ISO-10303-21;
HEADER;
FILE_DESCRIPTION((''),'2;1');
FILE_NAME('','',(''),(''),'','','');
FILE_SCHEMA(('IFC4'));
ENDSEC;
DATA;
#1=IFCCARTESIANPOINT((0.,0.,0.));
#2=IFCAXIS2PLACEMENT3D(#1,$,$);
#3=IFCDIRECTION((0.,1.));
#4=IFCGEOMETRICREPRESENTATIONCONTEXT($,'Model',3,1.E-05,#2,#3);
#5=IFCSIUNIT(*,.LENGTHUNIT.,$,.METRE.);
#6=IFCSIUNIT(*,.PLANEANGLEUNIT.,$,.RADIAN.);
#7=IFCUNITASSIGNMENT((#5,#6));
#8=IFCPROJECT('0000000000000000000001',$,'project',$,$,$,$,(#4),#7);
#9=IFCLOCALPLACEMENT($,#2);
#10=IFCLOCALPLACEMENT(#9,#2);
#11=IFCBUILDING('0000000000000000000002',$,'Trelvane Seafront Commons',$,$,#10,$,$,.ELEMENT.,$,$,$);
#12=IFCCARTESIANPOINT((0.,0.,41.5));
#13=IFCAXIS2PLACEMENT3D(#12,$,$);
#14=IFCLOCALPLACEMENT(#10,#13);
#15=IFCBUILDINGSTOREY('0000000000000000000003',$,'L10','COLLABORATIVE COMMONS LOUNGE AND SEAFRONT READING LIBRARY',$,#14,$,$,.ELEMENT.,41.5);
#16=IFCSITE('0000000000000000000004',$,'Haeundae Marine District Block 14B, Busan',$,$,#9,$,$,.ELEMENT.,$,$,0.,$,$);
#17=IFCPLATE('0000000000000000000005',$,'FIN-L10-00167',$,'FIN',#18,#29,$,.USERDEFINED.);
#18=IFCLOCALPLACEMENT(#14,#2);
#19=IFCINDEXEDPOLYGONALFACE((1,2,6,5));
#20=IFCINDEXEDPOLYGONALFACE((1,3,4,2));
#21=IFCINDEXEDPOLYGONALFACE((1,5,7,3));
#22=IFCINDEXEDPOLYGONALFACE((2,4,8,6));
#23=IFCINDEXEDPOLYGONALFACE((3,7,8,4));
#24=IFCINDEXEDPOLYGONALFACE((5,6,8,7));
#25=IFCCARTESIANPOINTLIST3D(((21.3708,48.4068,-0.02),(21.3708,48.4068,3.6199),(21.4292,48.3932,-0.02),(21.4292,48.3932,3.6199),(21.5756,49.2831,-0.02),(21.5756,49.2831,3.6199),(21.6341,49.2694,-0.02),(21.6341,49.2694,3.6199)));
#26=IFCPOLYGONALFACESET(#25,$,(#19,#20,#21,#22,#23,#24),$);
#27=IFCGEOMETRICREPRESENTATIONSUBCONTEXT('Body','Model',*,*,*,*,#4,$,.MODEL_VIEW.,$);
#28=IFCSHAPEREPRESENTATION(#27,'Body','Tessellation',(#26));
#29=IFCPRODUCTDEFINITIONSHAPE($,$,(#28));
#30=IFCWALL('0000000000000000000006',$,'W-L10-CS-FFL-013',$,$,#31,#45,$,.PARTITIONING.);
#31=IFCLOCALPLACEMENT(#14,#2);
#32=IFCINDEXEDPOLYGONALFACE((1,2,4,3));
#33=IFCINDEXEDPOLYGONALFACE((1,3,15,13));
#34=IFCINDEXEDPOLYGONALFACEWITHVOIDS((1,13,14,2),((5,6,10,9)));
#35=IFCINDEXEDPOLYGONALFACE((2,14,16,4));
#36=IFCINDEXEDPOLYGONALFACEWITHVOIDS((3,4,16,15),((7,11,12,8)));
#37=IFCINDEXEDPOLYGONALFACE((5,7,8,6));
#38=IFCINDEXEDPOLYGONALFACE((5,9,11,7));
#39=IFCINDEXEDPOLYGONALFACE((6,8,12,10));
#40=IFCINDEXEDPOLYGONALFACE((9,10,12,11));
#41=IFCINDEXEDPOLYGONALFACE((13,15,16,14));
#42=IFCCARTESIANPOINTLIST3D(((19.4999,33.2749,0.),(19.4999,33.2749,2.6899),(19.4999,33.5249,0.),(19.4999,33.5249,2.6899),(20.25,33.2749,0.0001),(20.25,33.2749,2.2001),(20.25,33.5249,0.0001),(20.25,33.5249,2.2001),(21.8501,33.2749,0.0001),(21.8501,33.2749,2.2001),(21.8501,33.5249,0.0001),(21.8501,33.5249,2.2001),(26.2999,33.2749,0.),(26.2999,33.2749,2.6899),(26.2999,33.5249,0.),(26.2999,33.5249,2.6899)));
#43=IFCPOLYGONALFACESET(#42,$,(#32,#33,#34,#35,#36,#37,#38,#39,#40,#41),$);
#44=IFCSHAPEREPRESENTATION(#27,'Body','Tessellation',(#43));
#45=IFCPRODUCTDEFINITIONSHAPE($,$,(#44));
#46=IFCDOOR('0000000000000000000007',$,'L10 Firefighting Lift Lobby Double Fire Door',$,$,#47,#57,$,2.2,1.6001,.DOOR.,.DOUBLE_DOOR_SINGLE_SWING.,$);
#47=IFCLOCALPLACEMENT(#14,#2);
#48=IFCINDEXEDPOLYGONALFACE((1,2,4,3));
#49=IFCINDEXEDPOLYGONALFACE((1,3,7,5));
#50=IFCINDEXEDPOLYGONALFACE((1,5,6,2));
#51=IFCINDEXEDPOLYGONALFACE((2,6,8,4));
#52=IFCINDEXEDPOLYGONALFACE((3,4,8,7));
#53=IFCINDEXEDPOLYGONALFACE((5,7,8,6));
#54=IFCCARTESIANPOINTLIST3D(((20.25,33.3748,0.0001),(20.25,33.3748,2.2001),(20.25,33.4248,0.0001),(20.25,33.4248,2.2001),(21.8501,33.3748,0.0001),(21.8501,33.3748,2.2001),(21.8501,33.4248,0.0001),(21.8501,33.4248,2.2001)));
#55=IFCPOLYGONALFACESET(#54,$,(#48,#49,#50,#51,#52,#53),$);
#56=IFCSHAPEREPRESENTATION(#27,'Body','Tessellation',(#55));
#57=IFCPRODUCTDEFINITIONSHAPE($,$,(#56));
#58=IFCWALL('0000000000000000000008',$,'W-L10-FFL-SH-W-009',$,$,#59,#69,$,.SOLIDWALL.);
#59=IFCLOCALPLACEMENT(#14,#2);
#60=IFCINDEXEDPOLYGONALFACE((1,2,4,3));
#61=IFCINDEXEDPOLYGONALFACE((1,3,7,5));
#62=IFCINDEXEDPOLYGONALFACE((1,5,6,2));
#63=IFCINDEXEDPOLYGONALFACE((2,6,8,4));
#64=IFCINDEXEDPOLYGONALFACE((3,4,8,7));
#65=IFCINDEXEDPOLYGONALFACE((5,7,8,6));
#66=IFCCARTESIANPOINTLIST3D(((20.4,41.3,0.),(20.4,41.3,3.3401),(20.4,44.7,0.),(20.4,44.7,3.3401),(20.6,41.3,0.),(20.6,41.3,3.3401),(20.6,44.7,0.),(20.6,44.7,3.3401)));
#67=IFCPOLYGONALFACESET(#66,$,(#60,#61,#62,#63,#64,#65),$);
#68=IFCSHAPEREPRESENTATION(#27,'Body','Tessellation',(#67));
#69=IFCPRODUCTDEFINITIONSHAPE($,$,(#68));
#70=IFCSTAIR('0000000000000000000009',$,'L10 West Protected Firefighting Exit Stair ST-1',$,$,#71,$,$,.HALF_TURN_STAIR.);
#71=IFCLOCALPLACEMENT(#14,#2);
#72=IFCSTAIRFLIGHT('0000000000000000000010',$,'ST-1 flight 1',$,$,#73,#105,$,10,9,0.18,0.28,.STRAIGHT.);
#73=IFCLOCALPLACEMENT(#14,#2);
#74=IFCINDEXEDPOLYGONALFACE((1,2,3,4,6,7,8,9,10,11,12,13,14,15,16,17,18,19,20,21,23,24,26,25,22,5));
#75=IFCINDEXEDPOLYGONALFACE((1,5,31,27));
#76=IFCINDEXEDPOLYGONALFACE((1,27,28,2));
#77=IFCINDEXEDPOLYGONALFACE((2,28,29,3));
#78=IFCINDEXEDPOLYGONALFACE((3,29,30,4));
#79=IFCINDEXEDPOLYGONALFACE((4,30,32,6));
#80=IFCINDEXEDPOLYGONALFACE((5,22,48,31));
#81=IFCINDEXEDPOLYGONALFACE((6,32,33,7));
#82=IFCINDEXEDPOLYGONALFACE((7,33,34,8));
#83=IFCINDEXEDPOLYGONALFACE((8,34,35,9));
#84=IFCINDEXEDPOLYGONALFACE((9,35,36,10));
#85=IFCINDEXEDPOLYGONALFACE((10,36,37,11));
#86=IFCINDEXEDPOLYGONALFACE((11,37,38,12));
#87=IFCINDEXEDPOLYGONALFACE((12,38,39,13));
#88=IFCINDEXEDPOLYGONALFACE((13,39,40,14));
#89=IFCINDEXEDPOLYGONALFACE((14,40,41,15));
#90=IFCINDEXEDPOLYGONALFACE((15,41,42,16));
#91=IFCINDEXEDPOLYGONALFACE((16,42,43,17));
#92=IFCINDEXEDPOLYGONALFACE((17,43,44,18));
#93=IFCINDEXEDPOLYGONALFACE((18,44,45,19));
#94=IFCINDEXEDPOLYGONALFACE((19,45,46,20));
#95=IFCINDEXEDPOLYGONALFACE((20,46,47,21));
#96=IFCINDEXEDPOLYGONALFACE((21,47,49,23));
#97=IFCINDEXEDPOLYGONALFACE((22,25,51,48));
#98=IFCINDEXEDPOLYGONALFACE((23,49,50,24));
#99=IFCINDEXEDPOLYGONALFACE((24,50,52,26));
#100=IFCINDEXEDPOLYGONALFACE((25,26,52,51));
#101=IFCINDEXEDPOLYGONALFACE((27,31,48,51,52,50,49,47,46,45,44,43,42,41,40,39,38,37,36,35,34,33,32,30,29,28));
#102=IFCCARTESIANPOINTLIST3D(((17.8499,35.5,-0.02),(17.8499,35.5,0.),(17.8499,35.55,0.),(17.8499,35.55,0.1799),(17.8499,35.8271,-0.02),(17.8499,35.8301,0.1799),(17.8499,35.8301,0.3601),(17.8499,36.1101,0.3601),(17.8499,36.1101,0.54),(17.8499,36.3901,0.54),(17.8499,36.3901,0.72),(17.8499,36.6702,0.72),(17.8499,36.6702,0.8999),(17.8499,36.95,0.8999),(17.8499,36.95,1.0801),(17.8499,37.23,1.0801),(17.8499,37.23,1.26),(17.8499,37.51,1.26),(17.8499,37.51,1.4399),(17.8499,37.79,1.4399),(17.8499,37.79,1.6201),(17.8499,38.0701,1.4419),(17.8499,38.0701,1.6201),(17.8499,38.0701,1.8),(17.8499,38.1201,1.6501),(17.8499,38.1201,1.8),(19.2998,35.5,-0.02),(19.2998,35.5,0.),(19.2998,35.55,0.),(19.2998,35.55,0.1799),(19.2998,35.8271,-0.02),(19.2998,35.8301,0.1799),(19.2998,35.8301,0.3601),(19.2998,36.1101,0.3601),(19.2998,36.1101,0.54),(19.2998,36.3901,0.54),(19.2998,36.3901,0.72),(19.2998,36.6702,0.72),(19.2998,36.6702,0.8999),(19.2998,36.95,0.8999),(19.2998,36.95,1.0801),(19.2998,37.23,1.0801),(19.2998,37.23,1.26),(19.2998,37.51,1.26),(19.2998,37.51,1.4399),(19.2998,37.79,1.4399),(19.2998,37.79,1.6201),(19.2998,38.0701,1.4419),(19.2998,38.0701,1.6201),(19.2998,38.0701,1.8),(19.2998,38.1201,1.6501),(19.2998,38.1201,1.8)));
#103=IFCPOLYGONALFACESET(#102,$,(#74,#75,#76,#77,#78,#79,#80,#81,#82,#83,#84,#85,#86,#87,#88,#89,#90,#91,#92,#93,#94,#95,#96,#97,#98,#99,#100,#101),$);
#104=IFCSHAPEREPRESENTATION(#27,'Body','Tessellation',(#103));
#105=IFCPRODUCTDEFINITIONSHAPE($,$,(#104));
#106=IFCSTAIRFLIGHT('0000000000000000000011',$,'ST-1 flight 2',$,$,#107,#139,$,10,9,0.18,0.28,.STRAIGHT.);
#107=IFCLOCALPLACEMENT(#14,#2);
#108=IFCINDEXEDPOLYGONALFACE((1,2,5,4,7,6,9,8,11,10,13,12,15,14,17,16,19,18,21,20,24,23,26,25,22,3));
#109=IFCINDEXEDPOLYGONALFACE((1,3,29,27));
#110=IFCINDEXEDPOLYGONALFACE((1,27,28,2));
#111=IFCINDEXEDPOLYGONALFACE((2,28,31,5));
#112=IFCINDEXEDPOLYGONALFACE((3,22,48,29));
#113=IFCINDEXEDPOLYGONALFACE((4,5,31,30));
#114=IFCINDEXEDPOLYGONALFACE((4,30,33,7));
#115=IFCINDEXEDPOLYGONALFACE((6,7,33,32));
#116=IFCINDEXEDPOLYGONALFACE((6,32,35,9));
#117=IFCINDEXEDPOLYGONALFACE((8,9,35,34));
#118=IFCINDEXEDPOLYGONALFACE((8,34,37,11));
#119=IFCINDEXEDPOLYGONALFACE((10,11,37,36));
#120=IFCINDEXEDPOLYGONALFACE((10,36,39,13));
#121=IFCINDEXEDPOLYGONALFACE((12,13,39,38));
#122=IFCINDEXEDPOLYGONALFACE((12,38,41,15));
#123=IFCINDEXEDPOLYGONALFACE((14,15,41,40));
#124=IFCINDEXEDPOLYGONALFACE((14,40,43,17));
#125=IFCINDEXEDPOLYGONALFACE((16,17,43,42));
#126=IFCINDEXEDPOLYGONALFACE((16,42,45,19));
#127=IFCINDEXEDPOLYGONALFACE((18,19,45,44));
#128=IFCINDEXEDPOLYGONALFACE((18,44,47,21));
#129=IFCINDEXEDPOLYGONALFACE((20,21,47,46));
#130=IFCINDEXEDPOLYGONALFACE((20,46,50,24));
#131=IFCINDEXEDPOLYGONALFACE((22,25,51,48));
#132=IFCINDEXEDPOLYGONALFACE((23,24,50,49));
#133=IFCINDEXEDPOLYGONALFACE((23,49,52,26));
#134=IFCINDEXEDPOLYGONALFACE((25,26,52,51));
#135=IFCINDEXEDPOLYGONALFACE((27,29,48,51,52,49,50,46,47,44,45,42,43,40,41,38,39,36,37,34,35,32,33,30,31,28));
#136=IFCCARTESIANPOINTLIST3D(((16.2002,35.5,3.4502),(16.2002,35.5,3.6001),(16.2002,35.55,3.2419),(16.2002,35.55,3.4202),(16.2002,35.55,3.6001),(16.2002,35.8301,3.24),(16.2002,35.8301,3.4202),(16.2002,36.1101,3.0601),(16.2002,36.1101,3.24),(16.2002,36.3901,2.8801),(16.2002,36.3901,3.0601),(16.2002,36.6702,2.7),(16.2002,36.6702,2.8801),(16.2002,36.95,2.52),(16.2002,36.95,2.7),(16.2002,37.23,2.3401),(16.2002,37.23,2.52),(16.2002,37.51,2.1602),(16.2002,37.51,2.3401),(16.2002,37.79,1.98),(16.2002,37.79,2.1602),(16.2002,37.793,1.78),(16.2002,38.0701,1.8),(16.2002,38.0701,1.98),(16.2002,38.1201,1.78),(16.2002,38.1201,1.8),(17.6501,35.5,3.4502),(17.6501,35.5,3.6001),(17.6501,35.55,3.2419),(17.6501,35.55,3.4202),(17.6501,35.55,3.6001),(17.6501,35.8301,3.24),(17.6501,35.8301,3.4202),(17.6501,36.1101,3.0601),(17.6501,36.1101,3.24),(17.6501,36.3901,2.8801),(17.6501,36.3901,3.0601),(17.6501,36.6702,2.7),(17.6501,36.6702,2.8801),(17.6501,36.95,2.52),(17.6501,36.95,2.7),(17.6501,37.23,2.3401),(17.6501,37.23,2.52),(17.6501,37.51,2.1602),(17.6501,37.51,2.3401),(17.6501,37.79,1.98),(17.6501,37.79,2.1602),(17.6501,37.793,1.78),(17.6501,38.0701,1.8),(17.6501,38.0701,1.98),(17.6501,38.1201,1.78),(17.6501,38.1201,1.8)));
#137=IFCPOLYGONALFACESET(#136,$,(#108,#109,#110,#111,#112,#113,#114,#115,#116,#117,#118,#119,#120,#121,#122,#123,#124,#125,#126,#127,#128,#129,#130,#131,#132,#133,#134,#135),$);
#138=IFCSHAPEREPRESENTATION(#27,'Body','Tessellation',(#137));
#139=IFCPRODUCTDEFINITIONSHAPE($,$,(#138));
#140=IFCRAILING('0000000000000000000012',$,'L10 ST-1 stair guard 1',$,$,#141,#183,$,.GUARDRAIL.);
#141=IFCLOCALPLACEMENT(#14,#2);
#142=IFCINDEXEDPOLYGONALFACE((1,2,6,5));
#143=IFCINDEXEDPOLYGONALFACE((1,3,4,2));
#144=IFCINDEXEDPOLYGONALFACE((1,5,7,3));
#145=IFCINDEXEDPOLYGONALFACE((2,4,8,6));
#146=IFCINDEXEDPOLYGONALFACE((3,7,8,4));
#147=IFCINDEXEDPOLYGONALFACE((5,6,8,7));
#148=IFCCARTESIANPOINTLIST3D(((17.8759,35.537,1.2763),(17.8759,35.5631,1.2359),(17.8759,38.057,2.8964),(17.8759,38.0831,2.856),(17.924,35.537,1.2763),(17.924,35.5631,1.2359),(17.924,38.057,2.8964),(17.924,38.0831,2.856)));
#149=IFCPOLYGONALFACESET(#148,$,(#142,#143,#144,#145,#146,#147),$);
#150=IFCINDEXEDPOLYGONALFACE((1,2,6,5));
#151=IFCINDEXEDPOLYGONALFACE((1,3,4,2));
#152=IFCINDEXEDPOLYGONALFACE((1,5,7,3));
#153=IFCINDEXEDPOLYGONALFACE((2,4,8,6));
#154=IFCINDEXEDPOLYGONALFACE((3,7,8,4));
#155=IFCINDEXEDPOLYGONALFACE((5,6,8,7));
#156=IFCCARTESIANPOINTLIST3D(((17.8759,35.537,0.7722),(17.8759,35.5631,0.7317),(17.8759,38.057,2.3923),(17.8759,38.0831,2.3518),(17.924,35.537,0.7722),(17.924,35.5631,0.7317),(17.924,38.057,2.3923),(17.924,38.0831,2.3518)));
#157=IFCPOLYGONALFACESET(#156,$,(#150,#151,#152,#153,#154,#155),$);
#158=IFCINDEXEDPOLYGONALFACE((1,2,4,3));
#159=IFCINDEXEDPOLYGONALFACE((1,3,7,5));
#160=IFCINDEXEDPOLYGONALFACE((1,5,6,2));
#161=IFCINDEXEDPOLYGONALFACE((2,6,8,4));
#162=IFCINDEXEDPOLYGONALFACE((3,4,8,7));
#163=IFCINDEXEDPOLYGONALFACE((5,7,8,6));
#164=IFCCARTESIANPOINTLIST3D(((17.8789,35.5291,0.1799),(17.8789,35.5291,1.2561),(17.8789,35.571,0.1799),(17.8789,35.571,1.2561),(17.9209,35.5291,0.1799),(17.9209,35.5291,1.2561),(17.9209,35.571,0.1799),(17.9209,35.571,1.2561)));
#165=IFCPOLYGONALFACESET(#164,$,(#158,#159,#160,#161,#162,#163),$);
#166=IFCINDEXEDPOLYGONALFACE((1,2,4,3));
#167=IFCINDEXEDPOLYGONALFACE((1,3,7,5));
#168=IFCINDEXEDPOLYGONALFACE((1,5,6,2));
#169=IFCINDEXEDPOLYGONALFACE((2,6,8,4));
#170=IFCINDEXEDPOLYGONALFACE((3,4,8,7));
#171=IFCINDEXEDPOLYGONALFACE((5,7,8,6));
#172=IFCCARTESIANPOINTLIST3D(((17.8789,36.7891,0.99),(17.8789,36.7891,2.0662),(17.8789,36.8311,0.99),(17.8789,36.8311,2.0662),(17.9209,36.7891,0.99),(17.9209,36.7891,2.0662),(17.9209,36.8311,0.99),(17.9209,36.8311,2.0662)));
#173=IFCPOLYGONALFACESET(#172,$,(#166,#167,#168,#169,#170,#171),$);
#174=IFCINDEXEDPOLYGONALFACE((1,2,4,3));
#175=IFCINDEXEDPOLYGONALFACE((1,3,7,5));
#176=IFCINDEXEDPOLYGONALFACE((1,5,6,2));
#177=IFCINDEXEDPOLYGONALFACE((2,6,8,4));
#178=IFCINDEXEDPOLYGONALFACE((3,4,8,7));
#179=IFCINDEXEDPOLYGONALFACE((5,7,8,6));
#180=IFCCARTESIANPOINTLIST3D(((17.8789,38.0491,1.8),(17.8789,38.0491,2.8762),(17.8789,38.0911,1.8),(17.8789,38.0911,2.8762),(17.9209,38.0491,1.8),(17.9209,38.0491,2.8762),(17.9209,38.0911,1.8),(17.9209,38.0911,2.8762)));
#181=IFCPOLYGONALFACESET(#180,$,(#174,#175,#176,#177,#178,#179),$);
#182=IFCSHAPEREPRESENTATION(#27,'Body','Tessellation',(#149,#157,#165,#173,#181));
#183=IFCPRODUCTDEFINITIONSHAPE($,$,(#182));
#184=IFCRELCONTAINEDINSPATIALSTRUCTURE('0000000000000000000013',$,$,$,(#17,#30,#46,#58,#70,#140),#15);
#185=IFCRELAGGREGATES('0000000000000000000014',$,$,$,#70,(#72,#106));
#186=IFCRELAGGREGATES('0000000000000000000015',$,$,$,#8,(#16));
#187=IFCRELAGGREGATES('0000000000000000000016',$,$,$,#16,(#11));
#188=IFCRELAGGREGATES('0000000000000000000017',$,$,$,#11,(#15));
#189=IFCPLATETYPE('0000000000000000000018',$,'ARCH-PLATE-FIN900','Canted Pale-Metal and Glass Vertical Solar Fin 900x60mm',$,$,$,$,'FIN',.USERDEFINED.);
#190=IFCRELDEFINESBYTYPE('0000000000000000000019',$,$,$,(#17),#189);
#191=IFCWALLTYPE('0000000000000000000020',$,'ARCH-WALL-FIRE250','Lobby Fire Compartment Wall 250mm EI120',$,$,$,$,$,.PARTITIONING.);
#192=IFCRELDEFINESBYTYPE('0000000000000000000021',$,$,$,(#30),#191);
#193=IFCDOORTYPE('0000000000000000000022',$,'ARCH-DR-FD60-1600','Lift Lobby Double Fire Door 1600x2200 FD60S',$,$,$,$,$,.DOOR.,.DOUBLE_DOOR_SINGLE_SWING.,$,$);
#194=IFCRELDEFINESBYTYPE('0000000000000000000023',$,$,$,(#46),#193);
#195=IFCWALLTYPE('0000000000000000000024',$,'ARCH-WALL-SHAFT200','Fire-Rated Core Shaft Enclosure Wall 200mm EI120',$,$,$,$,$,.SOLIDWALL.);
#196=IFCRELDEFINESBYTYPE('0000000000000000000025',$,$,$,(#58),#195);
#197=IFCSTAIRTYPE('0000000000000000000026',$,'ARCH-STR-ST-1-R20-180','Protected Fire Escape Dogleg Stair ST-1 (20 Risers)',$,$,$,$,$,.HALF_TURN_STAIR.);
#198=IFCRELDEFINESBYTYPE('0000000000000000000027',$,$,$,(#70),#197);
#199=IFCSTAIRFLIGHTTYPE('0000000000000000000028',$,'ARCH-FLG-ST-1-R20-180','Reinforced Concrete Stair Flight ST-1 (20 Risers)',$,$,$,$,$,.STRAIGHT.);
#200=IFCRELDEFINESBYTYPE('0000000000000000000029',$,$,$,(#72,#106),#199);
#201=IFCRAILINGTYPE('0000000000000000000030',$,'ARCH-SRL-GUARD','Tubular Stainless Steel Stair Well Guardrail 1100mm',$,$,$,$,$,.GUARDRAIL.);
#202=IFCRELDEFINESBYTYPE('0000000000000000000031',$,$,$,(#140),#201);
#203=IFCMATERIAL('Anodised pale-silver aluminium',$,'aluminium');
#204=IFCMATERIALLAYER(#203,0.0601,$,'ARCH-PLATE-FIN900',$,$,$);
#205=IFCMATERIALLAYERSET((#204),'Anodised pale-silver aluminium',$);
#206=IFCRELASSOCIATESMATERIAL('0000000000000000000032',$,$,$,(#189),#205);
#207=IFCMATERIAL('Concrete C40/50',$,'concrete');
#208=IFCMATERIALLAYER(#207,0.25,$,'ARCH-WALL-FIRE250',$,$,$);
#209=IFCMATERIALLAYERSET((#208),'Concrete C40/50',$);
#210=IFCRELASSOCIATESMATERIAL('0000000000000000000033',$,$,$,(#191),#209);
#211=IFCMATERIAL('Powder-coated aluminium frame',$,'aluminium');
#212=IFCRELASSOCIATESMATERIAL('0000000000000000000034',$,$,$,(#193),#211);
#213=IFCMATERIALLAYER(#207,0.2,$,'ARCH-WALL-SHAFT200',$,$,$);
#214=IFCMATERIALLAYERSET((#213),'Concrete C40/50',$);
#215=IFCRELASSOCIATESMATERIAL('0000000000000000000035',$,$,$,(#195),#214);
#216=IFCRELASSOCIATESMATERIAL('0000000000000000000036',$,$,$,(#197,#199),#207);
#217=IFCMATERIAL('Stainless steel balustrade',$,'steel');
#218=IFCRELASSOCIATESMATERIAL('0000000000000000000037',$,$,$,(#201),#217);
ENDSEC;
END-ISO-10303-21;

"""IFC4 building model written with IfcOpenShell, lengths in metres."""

from ifc_helpers import new_model, si_unit, direction, frame, frame_2d, origin, origin_2d, place, context, subcontext, project, spatial, polyline, rectangle, outline, extrude, source, transform, mapped, material, layer, layer_set, type_object, element, fill, aggregate, save


model = new_model("IFC4")

# Units and contexts
model_context = context("Model", 3, precision=1e-05, world=origin(), true_north=direction((0.0, 1.0)))
body_context = subcontext(model_context, "Body", "Model", "MODEL_VIEW")
ifc_project = project(units=[si_unit("LENGTHUNIT", "METRE"), si_unit("PLANEANGLEUNIT", "RADIAN")], contexts=[model_context])

# Site, building, storey
site_placement = place(None, origin())
site = spatial("IfcSite", under=ifc_project, at=site_placement, Name="Haeundae Marine District Block 14B, Busan", CompositionType="ELEMENT", RefElevation=0.0)
building_placement = place(site_placement, origin())
building = spatial("IfcBuilding", under=site, at=building_placement, Name="Trelvane Seafront Commons", CompositionType="ELEMENT")
storey_placement = place(building_placement, frame((0.0, 0.0, 41.5)))
storey = spatial("IfcBuildingStorey", under=building, at=storey_placement, Name="L10", Description="COLLABORATIVE COMMONS LOUNGE AND SEAFRONT READING LIBRARY", CompositionType="ELEMENT", Elevation=41.5)

# Shared definitions
ifc_material_1 = material(Name="Anodised pale-silver aluminium", Category="aluminium")

# Plate
ifc_layer_1 = layer(ifc_material_1, 0.0601, Name="ARCH-PLATE-FIN900")
ifc_layer_set_1 = layer_set([ifc_layer_1], Name="Anodised pale-silver aluminium")
plate_type_1 = type_object("IfcPlateType", Name="ARCH-PLATE-FIN900", Description="Canted Pale-Metal and Glass Vertical Solar Fin 900x60mm", ElementType="FIN", PredefinedType="USERDEFINED", material=ifc_layer_set_1)
shared_shape_1 = source(origin(), body_context, "Body", "SweptSolid", [
    extrude(rectangle(XDim=0.8999, YDim=0.0601, at=origin_2d()), origin(), (0.0, 0.0, 1.0), 3.6399),
])
for number, where, z_axis, x_axis, name in (
    (1, (21.5024, 48.8381, -0.02), (0.0, 0.0, 1.0), (0.227658, 0.973741, 0.0), "FIN-L10-00167"),
):
    element("IfcPlate", number, at=place(storey_placement, frame(where, z_axis=z_axis, x_axis=x_axis)), inside=storey, type_object=plate_type_1, Name=name, ObjectType="FIN", PredefinedType="USERDEFINED", context=body_context, shape_type="MappedRepresentation", body=[
        mapped(shared_shape_1, transform((0.0, 0.0, 0.0), x_axis=(1.0, 0.0, 0.0), y_axis=(0.0, 1.0, 0.0), z_axis=(0.0, 0.0, 1.0), scale=1.0)),
    ])

# Wall, opening, door
ifc_material_2 = material(Name="Concrete C40/50", Category="concrete")
ifc_layer_2 = layer(ifc_material_2, 0.25, Name="ARCH-WALL-FIRE250")
ifc_layer_set_2 = layer_set([ifc_layer_2], Name="Concrete C40/50")
wall_type_1 = type_object("IfcWallType", Name="ARCH-WALL-FIRE250", Description="Lobby Fire Compartment Wall 250mm EI120", PredefinedType="PARTITIONING", material=ifc_layer_set_2)
wall_1_placement = place(storey_placement, frame((19.5, 33.3999, 0.0), z_axis=(0.0, 0.0, 1.0), x_axis=(1.0, 0.0, 0.0)))
wall_1 = element("IfcWall", 2, at=wall_1_placement, inside=storey, type_object=wall_type_1, Name="W-L10-CS-FFL-013", PredefinedType="PARTITIONING", context=body_context, shape_type="SweptSolid", body=[
    extrude(rectangle(XDim=6.8, YDim=0.25, at=frame_2d((3.3999, 0.0))), origin(), (0.0, 0.0, 1.0), 2.6899),
])
opening_1_placement = place(wall_1_placement, frame((0.75, 0.0, 0.0)))
opening_1 = element("IfcOpeningElement", 3, at=opening_1_placement, cuts=wall_1, PredefinedType="OPENING", context=body_context, shape_type="SweptSolid", body=[
    extrude(rectangle(XDim=1.6001, YDim=2.2, at=frame_2d((0.8, 1.1001))), frame((0.0, 0.135, 0.0), z_axis=(0.0, -1.0, 0.0), x_axis=(1.0, 0.0, 0.0)), (0.0, 0.0, 1.0), 0.27),
])
ifc_material_3 = material(Name="Powder-coated aluminium frame", Category="aluminium")
door_type_1 = type_object("IfcDoorType", Name="ARCH-DR-FD60-1600", Description="Lift Lobby Double Fire Door 1600x2200 FD60S", OperationType="DOUBLE_DOOR_SINGLE_SWING", PredefinedType="DOOR", material=ifc_material_3)
shared_shape_2 = source(origin(), body_context, "Body", "SweptSolid", [
    extrude(rectangle(XDim=1.6001, YDim=2.2, at=frame_2d((0.8, 1.1001))), frame((0.0, 0.0249, 0.0), z_axis=(0.0, -1.0, 0.0), x_axis=(1.0, 0.0, 0.0)), (0.0, 0.0, 1.0), 0.05),
])
door_1_placement = place(opening_1_placement, origin())
door_1 = element("IfcDoor", 4, at=door_1_placement, inside=storey, type_object=door_type_1, Name="L10 Firefighting Lift Lobby Double Fire Door", OperationType="DOUBLE_DOOR_SINGLE_SWING", OverallHeight=2.2, OverallWidth=1.6001, PredefinedType="DOOR", context=body_context, shape_type="MappedRepresentation", body=[
    mapped(shared_shape_2, transform((0.0, 0.0, 0.0), x_axis=(1.0, 0.0, 0.0), y_axis=(0.0, 1.0, 0.0), z_axis=(0.0, 0.0, 1.0), scale=1.0)),
])
fill(opening_1, door_1)

# Shared definitions
ifc_layer_3 = layer(ifc_material_2, 0.2, Name="ARCH-WALL-SHAFT200")
ifc_layer_set_3 = layer_set([ifc_layer_3], Name="Concrete C40/50")
wall_type_2 = type_object("IfcWallType", Name="ARCH-WALL-SHAFT200", Description="Fire-Rated Core Shaft Enclosure Wall 200mm EI120", PredefinedType="SOLIDWALL", material=ifc_layer_set_3)
ifc_material_4 = material(Name="Stainless steel balustrade", Category="steel")

# Wall
wall_2_placement = place(storey_placement, frame((20.5, 41.3, 0.0), z_axis=(0.0, 0.0, 1.0), x_axis=(0.0, 1.0, 0.0)))
element("IfcWall", 5, at=wall_2_placement, inside=storey, type_object=wall_type_2, Name="W-L10-FFL-SH-W-009", PredefinedType="SOLIDWALL", context=body_context, shape_type="SweptSolid", body=[
    extrude(rectangle(XDim=3.3999, YDim=0.2, at=frame_2d((1.7, 0.0))), origin(), (0.0, 0.0, 1.0), 3.3401),
])

# Stair, stair flights
stair_type = type_object("IfcStairType", Name="ARCH-STR-ST-1-R20-180", Description="Protected Fire Escape Dogleg Stair ST-1 (20 Risers)", PredefinedType="HALF_TURN_STAIR", material=ifc_material_2)
stair_placement = place(storey_placement, origin())
stair = element("IfcStair", 6, at=stair_placement, inside=storey, type_object=stair_type, Name="L10 West Protected Firefighting Exit Stair ST-1", PredefinedType="HALF_TURN_STAIR")
stair_flight_type = type_object("IfcStairFlightType", Name="ARCH-FLG-ST-1-R20-180", Description="Reinforced Concrete Stair Flight ST-1 (20 Risers)", PredefinedType="STRAIGHT", material=ifc_material_2)
shared_shape_3 = source(origin(), body_context, "Body", "SweptSolid", [
    extrude(outline(polyline([(-0.05, -0.02), (-0.05, 0.0), (0.0, 0.0), (0.0, 0.1799), (0.28, 0.1799), (0.28, 0.3601), (0.5601, 0.3601), (0.5601, 0.54), (0.8401, 0.54), (0.8401, 0.72), (1.1201, 0.72), (1.1201, 0.8999), (1.3999, 0.8999), (1.3999, 1.0801), (1.6799, 1.0801), (1.6799, 1.26), (1.96, 1.26), (1.96, 1.4399), (2.24, 1.4399), (2.24, 1.6201), (2.52, 1.6201), (2.52, 1.8), (2.5701, 1.8), (2.5701, 1.6501), (2.52, 1.4419), (0.2771, -0.02), (-0.05, -0.02)])), frame((0.0, 0.7251, 0.0), z_axis=(0.0, -1.0, 0.0), x_axis=(1.0, 0.0, 0.0)), (0.0, 0.0, 1.0), 1.45),
])
stair_flight_1_placement = place(storey_placement, frame((18.575, 35.55, 0.0), z_axis=(0.0, 0.0, 1.0), x_axis=(0.0, 1.0, 0.0)))
stair_flight_1 = element("IfcStairFlight", 7, at=stair_flight_1_placement, type_object=stair_flight_type, Name="ST-1 flight 1", NumberOfRisers=10, NumberOfTreads=9, PredefinedType="STRAIGHT", RiserHeight=0.18, TreadLength=0.28, context=body_context, shape_type="MappedRepresentation", body=[
    mapped(shared_shape_3, transform((0.0, 0.0, 0.0), x_axis=(1.0, 0.0, 0.0), y_axis=(0.0, 1.0, 0.0), z_axis=(0.0, 0.0, 1.0), scale=1.0)),
])
stair_flight_2_placement = place(storey_placement, frame((16.925, 38.0701, 1.8), z_axis=(0.0, 0.0, 1.0), x_axis=(0.0, -1.0, 0.0)))
stair_flight_2 = element("IfcStairFlight", 8, at=stair_flight_2_placement, type_object=stair_flight_type, Name="ST-1 flight 2", NumberOfRisers=10, NumberOfTreads=9, PredefinedType="STRAIGHT", RiserHeight=0.18, TreadLength=0.28, context=body_context, shape_type="MappedRepresentation", body=[
    mapped(shared_shape_3, transform((0.0, 0.0, 0.0), x_axis=(1.0, 0.0, 0.0), y_axis=(0.0, 1.0, 0.0), z_axis=(0.0, 0.0, 1.0), scale=1.0)),
])
aggregate(stair, [stair_flight_1, stair_flight_2])

# Railing
railing_type_1 = type_object("IfcRailingType", Name="ARCH-SRL-GUARD", Description="Tubular Stainless Steel Stair Well Guardrail 1100mm", PredefinedType="GUARDRAIL", material=ifc_material_4)
railing_1_placement = place(storey_placement, frame((17.8999, 35.55, 0.1799)))
element("IfcRailing", 9, at=railing_1_placement, inside=storey, type_object=railing_type_1, Name="L10 ST-1 stair guard 1", PredefinedType="GUARDRAIL", context=body_context, shape_type="SweptSolid", body=[
    extrude(rectangle(XDim=0.0481, YDim=0.0481, at=origin_2d()), frame((0.0, 0.0, 1.0762), z_axis=(0.0, 0.841163, 0.540782), x_axis=(-1.0, 0.0, 0.0)), (0.0, 0.0, 1.0), 2.9958),
    extrude(rectangle(XDim=0.0481, YDim=0.0481, at=origin_2d()), frame((0.0, 0.0, 0.572), z_axis=(0.0, 0.841163, 0.540782), x_axis=(-1.0, 0.0, 0.0)), (0.0, 0.0, 1.0), 2.9958),
    extrude(rectangle(XDim=0.042, YDim=0.042, at=origin_2d()), origin(), (0.0, 0.0, 1.0), 1.0762),
    extrude(rectangle(XDim=0.042, YDim=0.042, at=origin_2d()), frame((0.0, 1.26, 0.8101)), (0.0, 0.0, 1.0), 1.0762),
    extrude(rectangle(XDim=0.042, YDim=0.042, at=origin_2d()), frame((0.0, 2.52, 1.6201)), (0.0, 0.0, 1.0), 1.0762),
])

save(model, "model.ifc")
